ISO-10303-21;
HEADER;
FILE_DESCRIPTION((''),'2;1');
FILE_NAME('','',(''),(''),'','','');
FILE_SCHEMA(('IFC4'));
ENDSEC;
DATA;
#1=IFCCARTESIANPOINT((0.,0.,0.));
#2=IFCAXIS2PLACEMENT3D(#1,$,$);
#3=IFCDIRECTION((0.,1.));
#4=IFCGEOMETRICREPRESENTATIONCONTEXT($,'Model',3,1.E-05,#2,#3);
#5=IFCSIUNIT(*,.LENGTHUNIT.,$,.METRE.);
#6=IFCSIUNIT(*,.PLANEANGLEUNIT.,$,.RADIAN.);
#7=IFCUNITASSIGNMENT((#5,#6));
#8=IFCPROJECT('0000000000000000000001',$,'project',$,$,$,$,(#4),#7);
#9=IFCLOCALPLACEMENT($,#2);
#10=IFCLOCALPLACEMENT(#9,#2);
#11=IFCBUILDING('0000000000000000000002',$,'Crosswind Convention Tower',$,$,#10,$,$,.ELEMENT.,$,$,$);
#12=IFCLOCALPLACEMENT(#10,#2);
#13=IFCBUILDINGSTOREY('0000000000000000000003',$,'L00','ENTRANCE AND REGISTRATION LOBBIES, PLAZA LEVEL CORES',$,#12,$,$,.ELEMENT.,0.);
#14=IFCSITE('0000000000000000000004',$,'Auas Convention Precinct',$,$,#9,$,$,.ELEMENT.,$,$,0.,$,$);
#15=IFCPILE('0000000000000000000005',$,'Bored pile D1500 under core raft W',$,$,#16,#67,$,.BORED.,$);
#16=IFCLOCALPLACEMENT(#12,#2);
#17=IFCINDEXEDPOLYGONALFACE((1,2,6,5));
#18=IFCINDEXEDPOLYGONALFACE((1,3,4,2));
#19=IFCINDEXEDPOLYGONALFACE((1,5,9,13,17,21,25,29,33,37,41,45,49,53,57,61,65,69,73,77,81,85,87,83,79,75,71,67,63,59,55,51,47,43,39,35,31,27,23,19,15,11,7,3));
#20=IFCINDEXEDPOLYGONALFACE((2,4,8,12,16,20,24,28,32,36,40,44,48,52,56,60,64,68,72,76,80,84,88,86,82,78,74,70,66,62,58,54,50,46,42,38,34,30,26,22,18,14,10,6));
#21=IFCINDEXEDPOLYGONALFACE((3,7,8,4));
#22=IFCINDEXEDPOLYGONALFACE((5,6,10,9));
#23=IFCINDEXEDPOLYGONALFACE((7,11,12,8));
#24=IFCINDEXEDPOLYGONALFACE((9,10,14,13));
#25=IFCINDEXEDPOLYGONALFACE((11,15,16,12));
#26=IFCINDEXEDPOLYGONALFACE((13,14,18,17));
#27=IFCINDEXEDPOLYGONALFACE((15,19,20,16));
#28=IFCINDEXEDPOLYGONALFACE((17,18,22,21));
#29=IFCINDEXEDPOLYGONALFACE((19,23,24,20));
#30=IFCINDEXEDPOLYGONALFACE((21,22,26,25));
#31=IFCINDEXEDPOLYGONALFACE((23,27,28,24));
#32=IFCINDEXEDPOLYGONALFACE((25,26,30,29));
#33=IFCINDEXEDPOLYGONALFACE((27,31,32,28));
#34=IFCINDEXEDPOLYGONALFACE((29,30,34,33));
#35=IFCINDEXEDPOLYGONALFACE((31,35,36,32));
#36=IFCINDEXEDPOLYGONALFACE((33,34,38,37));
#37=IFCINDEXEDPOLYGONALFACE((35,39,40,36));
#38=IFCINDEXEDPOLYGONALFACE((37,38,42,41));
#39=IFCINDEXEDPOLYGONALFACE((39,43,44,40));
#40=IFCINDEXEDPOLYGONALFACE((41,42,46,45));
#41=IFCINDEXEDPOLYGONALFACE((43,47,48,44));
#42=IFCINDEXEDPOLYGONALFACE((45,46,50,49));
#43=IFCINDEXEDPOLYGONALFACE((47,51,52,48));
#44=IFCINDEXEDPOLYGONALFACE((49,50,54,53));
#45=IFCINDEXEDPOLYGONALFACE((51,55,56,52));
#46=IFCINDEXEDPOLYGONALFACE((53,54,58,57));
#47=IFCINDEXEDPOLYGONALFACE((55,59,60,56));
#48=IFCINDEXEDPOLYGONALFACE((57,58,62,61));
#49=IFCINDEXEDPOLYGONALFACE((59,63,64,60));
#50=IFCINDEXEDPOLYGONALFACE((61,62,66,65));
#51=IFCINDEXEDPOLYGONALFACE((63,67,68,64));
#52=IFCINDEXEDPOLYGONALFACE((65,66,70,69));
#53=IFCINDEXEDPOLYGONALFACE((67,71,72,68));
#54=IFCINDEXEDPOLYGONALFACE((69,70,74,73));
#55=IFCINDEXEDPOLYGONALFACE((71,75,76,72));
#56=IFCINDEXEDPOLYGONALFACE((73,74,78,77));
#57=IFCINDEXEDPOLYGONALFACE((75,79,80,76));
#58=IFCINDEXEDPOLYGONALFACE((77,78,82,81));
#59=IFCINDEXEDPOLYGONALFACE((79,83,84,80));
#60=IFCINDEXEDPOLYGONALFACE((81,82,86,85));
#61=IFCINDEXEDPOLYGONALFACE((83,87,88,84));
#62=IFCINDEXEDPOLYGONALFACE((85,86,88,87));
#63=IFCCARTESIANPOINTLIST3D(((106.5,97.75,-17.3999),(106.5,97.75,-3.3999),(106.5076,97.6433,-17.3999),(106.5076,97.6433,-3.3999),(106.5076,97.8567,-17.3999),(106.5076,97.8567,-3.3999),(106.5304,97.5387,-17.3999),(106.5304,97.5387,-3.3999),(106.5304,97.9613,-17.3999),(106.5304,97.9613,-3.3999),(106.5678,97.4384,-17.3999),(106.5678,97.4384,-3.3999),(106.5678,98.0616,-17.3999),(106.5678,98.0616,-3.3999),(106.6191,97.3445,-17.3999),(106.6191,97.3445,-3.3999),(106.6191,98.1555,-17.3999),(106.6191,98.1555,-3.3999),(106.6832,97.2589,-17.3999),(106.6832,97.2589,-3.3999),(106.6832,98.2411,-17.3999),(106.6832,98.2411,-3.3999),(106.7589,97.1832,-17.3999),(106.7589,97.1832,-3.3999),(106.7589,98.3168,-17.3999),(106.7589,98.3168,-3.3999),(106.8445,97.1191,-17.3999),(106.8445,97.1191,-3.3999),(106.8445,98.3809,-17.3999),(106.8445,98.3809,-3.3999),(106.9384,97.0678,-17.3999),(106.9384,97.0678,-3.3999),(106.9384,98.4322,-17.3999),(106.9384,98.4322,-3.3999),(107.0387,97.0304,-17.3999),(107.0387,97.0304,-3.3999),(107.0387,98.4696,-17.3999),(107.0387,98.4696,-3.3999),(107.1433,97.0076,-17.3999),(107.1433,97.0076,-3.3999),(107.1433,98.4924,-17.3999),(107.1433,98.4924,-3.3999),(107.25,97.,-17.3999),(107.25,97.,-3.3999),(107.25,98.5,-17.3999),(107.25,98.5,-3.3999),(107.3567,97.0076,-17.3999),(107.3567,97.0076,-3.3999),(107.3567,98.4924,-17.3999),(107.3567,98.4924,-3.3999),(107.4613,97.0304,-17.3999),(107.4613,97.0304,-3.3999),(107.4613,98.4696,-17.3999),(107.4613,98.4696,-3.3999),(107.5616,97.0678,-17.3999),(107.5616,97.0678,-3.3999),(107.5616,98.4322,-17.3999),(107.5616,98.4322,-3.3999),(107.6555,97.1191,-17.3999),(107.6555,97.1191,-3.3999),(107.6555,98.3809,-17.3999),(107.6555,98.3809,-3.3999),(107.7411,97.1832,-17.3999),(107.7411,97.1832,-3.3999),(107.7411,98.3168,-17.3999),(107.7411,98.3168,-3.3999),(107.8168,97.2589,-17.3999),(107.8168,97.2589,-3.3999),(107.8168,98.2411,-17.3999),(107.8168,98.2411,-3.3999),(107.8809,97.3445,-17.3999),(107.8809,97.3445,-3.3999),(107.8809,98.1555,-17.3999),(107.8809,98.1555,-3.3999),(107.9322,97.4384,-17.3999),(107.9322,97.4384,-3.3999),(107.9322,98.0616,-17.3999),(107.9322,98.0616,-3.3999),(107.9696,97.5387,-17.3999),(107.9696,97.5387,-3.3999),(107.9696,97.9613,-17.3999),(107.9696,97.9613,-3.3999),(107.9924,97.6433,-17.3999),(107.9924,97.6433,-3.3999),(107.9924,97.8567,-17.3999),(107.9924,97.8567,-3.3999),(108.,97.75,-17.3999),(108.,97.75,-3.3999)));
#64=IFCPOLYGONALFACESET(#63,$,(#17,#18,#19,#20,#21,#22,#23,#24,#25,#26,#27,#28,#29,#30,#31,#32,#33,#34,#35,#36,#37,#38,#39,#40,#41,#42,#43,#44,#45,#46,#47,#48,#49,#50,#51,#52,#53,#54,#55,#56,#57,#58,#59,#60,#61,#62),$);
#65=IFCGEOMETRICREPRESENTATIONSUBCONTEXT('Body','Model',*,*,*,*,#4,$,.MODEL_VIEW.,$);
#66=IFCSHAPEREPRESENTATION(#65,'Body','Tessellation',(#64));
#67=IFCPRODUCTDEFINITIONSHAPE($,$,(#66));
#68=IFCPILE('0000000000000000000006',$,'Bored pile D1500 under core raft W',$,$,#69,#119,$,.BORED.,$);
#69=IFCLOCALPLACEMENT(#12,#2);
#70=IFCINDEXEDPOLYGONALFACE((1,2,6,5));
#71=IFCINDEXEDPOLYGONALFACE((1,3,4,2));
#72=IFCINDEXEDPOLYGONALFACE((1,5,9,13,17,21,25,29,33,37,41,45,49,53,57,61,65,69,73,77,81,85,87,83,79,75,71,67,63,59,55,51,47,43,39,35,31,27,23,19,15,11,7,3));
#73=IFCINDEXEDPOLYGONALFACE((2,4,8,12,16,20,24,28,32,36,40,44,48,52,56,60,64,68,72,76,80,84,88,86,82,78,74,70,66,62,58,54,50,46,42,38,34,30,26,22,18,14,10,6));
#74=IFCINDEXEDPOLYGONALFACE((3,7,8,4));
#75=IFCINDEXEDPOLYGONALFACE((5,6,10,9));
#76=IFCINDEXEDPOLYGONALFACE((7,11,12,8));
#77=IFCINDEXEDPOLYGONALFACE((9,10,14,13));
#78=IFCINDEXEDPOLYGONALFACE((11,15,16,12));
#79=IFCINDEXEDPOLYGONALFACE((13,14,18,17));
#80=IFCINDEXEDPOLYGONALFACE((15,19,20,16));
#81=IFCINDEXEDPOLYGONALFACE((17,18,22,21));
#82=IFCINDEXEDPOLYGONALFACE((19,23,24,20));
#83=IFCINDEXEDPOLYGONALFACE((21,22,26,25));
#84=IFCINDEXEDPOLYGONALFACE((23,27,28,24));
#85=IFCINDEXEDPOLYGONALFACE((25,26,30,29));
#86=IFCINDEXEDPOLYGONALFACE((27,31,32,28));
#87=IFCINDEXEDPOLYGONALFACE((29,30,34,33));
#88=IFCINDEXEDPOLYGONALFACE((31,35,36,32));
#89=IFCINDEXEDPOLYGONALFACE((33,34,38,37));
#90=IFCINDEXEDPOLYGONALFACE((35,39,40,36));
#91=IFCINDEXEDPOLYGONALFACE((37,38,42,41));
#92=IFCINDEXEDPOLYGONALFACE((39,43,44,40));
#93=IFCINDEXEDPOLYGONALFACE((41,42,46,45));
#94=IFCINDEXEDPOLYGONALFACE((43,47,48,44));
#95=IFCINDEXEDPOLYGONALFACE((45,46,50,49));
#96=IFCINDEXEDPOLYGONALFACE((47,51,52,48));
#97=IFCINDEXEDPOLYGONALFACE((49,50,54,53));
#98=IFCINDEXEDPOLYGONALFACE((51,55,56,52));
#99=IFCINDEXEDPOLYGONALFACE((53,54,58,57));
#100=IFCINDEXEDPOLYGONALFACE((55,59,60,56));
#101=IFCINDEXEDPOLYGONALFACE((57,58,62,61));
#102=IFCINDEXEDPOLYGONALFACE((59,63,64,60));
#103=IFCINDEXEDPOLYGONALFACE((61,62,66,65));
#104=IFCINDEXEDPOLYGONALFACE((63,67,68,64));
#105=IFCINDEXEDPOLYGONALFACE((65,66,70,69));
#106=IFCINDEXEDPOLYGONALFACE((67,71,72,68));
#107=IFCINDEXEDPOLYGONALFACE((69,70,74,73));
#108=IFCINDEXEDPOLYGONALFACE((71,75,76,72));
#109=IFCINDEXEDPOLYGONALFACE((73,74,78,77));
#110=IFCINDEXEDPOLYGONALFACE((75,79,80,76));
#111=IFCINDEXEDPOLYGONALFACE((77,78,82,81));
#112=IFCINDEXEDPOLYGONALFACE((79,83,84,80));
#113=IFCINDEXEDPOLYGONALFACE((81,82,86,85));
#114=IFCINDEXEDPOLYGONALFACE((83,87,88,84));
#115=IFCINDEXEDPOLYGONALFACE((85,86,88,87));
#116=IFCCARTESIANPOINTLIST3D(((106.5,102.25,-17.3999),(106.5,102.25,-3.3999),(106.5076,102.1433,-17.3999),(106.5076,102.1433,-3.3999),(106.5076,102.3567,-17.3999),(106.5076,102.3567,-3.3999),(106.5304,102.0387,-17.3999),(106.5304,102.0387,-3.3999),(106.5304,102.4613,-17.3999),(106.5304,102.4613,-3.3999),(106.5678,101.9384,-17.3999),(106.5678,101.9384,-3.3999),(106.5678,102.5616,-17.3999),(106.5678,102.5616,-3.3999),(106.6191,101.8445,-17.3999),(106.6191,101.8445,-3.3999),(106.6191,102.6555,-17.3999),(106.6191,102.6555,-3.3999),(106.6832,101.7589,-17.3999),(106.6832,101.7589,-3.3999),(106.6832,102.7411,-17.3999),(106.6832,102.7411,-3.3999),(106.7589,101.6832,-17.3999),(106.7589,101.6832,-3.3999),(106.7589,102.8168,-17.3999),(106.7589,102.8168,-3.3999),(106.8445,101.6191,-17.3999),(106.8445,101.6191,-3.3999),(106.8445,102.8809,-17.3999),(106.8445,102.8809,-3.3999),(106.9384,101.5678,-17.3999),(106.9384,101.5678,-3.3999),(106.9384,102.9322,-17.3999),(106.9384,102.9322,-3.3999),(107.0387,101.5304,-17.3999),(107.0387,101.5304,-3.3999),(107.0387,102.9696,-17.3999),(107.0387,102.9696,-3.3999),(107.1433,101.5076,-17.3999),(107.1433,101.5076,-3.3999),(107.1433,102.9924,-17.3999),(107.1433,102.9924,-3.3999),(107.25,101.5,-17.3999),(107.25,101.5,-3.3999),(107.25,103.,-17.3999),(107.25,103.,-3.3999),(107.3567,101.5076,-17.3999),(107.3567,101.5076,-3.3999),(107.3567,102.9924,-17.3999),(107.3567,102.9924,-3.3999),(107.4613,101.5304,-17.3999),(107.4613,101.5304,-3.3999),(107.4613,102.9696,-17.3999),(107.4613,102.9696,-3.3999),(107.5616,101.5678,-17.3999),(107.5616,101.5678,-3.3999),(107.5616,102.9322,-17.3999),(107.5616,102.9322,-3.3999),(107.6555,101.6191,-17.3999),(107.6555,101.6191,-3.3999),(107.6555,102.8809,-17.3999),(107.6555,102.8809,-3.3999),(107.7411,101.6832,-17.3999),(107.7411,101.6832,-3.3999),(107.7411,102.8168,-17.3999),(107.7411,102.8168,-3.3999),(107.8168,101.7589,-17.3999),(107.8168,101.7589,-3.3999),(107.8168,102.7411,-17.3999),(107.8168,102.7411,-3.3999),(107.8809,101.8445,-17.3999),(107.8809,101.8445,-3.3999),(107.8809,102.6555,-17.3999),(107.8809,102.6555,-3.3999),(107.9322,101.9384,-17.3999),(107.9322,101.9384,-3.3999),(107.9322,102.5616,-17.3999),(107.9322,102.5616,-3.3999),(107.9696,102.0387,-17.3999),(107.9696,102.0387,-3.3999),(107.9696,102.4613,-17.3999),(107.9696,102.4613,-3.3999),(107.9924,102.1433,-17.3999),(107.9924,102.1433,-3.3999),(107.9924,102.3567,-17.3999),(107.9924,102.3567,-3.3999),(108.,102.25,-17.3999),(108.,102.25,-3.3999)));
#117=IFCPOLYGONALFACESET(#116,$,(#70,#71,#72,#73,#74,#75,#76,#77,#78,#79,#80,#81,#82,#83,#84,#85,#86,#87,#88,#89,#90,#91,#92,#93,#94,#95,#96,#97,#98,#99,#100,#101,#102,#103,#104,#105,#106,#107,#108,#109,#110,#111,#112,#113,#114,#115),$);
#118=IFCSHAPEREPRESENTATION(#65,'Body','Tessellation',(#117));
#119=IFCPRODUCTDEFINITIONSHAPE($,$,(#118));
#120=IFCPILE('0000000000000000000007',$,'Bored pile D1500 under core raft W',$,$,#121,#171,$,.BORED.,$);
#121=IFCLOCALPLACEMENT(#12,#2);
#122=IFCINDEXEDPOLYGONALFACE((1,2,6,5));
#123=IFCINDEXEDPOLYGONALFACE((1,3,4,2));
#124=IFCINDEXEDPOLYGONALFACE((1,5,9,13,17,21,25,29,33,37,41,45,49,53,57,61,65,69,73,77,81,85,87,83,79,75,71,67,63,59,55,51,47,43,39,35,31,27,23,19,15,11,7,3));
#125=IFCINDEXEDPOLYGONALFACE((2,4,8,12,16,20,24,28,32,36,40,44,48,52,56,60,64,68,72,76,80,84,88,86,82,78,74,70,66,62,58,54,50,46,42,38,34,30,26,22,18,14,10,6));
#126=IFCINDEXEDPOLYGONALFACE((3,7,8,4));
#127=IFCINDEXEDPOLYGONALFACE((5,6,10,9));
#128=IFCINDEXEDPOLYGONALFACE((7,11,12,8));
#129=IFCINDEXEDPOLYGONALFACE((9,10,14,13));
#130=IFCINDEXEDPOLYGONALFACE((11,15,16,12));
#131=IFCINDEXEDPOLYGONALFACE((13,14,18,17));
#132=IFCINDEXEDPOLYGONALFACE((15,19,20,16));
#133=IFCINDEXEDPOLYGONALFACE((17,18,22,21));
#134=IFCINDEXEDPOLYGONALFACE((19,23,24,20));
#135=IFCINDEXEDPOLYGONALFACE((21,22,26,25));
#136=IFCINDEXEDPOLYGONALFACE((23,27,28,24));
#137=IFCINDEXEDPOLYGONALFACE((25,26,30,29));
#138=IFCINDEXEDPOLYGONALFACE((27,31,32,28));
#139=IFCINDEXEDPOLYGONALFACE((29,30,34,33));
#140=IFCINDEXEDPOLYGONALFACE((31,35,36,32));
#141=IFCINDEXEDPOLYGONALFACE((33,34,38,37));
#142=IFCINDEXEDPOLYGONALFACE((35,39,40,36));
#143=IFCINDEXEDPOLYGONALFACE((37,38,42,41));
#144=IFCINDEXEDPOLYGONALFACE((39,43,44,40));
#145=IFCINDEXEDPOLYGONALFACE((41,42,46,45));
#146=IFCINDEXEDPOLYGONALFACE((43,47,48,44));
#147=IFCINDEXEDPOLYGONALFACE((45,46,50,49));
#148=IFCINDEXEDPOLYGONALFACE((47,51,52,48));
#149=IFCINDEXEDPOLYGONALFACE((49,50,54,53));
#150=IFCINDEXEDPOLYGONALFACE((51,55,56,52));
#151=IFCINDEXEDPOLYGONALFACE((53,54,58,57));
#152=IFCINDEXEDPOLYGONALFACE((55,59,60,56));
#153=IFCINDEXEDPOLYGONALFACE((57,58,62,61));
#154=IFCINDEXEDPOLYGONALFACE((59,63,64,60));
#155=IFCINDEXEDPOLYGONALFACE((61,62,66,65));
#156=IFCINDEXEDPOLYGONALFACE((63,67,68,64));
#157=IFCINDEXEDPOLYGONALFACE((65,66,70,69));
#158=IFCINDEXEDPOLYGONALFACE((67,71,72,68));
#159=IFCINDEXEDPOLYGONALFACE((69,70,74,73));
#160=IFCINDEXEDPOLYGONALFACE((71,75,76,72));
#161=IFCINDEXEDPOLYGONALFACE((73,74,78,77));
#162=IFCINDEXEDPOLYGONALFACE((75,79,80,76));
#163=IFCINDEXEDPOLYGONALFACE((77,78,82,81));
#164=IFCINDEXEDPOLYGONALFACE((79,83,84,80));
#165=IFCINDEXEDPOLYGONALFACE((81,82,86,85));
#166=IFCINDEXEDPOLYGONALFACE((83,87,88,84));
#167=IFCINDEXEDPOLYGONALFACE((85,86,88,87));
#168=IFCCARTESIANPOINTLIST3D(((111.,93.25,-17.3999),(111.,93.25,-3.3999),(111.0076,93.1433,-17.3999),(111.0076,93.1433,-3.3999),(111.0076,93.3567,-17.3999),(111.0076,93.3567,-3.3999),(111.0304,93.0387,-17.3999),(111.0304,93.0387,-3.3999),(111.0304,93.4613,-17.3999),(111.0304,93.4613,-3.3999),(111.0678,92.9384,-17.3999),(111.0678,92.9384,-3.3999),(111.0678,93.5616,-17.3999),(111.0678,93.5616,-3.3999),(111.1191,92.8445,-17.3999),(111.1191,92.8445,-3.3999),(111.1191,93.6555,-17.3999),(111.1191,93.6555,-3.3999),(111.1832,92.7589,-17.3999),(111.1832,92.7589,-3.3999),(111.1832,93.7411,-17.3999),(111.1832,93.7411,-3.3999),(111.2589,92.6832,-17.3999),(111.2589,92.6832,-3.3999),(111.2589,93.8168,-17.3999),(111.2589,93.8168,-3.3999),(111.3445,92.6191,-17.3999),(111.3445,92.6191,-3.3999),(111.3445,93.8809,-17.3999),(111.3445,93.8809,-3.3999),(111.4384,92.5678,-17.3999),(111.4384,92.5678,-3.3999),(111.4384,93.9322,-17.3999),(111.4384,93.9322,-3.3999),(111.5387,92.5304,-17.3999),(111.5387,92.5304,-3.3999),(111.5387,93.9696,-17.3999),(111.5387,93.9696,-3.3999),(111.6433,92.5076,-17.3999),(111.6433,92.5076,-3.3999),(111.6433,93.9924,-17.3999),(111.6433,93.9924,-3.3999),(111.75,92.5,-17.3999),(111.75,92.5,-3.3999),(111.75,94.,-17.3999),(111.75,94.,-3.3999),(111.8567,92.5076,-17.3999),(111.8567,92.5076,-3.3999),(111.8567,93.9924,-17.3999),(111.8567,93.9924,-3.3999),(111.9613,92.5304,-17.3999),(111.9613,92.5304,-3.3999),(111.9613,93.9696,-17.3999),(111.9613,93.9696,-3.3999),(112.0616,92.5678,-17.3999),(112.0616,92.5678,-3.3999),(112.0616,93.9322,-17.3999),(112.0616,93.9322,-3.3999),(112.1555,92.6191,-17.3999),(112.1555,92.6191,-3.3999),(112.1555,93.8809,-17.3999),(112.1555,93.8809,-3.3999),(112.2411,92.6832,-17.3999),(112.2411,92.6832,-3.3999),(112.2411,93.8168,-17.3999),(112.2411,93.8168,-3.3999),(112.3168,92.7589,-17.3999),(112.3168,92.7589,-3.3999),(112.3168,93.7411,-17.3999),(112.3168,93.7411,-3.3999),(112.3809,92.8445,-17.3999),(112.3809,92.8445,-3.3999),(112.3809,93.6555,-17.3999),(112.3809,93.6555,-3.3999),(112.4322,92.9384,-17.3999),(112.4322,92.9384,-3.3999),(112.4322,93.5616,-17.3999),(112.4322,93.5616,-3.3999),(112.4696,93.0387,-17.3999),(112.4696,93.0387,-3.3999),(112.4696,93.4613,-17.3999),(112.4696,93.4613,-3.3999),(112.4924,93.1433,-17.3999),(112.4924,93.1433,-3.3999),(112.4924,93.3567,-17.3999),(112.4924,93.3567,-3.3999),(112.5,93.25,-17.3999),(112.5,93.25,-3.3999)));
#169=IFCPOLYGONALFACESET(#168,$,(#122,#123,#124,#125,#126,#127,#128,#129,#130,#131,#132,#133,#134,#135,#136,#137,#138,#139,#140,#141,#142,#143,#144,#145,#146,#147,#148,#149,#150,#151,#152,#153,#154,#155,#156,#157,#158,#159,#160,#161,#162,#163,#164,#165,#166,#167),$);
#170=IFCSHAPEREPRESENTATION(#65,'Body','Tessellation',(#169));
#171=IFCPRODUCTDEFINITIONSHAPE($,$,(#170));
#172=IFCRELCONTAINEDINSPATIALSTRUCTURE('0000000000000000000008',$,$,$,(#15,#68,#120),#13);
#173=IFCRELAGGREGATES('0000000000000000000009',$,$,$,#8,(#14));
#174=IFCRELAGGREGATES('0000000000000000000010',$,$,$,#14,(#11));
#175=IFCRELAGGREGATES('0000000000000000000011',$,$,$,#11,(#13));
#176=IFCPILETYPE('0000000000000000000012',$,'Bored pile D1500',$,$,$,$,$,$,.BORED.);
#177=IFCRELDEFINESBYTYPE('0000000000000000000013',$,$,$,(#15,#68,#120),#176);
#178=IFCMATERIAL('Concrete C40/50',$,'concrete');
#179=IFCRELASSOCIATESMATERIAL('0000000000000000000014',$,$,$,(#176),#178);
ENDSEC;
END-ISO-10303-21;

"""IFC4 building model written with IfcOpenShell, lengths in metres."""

from ifc_helpers import new_model, si_unit, direction, frame, origin, origin_2d, place, context, subcontext, project, spatial, circle, extrude, material, material_profile, profile_set, type_object, element, save


model = new_model("IFC4")

# Units and contexts
model_context = context("Model", 3, precision=1e-05, world=origin(), true_north=direction((0.0, 1.0)))
body_context = subcontext(model_context, "Body", "Model", "MODEL_VIEW")
ifc_project = project(units=[si_unit("LENGTHUNIT", "METRE"), si_unit("PLANEANGLEUNIT", "RADIAN")], contexts=[model_context])

# Site, building, storey
site_placement = place(None, origin())
site = spatial("IfcSite", under=ifc_project, at=site_placement, Name="Auas Convention Precinct", CompositionType="ELEMENT", RefElevation=0.0)
building_placement = place(site_placement, origin())
building = spatial("IfcBuilding", under=site, at=building_placement, Name="Crosswind Convention Tower", CompositionType="ELEMENT")
storey_placement = place(building_placement, origin())
storey = spatial("IfcBuildingStorey", under=building, at=storey_placement, Name="L00", Description="ENTRANCE AND REGISTRATION LOBBIES, PLAZA LEVEL CORES", CompositionType="ELEMENT", Elevation=0.0)

# Piles
ifc_material_1 = material(Name="Concrete C40/50", Category="concrete")
ifc_material_profile_1 = material_profile(ifc_material_1, circle(Radius=0.75, at=origin_2d()), Name="Bored pile D1500")
ifc_profile_set_1 = profile_set([ifc_material_profile_1], Name="Concrete C40/50")
pile_type_1 = type_object("IfcPileType", Name="Bored pile D1500", PredefinedType="BORED", material=ifc_profile_set_1)
for number, where, z_axis, x_axis, name in (
    (1, (107.25, 97.75, -3.3999), (0.0, 0.0, -1.0), (1.0, 0.0, 0.0), "Bored pile D1500 under core raft W"),
    (2, (107.25, 102.25, -3.3999), (0.0, 0.0, -1.0), (1.0, 0.0, 0.0), "Bored pile D1500 under core raft W"),
    (3, (111.75, 93.25, -3.3999), (0.0, 0.0, -1.0), (1.0, 0.0, 0.0), "Bored pile D1500 under core raft W"),
):
    element("IfcPile", number, at=place(storey_placement, frame(where, z_axis=z_axis, x_axis=x_axis)), inside=storey, type_object=pile_type_1, Name=name, PredefinedType="BORED", context=body_context, shape_type="SweptSolid", body=[
        extrude(circle(Radius=0.75, at=origin_2d()), origin(), (0.0, 0.0, 1.0), 14.0),
    ])

save(model, "model.ifc")
